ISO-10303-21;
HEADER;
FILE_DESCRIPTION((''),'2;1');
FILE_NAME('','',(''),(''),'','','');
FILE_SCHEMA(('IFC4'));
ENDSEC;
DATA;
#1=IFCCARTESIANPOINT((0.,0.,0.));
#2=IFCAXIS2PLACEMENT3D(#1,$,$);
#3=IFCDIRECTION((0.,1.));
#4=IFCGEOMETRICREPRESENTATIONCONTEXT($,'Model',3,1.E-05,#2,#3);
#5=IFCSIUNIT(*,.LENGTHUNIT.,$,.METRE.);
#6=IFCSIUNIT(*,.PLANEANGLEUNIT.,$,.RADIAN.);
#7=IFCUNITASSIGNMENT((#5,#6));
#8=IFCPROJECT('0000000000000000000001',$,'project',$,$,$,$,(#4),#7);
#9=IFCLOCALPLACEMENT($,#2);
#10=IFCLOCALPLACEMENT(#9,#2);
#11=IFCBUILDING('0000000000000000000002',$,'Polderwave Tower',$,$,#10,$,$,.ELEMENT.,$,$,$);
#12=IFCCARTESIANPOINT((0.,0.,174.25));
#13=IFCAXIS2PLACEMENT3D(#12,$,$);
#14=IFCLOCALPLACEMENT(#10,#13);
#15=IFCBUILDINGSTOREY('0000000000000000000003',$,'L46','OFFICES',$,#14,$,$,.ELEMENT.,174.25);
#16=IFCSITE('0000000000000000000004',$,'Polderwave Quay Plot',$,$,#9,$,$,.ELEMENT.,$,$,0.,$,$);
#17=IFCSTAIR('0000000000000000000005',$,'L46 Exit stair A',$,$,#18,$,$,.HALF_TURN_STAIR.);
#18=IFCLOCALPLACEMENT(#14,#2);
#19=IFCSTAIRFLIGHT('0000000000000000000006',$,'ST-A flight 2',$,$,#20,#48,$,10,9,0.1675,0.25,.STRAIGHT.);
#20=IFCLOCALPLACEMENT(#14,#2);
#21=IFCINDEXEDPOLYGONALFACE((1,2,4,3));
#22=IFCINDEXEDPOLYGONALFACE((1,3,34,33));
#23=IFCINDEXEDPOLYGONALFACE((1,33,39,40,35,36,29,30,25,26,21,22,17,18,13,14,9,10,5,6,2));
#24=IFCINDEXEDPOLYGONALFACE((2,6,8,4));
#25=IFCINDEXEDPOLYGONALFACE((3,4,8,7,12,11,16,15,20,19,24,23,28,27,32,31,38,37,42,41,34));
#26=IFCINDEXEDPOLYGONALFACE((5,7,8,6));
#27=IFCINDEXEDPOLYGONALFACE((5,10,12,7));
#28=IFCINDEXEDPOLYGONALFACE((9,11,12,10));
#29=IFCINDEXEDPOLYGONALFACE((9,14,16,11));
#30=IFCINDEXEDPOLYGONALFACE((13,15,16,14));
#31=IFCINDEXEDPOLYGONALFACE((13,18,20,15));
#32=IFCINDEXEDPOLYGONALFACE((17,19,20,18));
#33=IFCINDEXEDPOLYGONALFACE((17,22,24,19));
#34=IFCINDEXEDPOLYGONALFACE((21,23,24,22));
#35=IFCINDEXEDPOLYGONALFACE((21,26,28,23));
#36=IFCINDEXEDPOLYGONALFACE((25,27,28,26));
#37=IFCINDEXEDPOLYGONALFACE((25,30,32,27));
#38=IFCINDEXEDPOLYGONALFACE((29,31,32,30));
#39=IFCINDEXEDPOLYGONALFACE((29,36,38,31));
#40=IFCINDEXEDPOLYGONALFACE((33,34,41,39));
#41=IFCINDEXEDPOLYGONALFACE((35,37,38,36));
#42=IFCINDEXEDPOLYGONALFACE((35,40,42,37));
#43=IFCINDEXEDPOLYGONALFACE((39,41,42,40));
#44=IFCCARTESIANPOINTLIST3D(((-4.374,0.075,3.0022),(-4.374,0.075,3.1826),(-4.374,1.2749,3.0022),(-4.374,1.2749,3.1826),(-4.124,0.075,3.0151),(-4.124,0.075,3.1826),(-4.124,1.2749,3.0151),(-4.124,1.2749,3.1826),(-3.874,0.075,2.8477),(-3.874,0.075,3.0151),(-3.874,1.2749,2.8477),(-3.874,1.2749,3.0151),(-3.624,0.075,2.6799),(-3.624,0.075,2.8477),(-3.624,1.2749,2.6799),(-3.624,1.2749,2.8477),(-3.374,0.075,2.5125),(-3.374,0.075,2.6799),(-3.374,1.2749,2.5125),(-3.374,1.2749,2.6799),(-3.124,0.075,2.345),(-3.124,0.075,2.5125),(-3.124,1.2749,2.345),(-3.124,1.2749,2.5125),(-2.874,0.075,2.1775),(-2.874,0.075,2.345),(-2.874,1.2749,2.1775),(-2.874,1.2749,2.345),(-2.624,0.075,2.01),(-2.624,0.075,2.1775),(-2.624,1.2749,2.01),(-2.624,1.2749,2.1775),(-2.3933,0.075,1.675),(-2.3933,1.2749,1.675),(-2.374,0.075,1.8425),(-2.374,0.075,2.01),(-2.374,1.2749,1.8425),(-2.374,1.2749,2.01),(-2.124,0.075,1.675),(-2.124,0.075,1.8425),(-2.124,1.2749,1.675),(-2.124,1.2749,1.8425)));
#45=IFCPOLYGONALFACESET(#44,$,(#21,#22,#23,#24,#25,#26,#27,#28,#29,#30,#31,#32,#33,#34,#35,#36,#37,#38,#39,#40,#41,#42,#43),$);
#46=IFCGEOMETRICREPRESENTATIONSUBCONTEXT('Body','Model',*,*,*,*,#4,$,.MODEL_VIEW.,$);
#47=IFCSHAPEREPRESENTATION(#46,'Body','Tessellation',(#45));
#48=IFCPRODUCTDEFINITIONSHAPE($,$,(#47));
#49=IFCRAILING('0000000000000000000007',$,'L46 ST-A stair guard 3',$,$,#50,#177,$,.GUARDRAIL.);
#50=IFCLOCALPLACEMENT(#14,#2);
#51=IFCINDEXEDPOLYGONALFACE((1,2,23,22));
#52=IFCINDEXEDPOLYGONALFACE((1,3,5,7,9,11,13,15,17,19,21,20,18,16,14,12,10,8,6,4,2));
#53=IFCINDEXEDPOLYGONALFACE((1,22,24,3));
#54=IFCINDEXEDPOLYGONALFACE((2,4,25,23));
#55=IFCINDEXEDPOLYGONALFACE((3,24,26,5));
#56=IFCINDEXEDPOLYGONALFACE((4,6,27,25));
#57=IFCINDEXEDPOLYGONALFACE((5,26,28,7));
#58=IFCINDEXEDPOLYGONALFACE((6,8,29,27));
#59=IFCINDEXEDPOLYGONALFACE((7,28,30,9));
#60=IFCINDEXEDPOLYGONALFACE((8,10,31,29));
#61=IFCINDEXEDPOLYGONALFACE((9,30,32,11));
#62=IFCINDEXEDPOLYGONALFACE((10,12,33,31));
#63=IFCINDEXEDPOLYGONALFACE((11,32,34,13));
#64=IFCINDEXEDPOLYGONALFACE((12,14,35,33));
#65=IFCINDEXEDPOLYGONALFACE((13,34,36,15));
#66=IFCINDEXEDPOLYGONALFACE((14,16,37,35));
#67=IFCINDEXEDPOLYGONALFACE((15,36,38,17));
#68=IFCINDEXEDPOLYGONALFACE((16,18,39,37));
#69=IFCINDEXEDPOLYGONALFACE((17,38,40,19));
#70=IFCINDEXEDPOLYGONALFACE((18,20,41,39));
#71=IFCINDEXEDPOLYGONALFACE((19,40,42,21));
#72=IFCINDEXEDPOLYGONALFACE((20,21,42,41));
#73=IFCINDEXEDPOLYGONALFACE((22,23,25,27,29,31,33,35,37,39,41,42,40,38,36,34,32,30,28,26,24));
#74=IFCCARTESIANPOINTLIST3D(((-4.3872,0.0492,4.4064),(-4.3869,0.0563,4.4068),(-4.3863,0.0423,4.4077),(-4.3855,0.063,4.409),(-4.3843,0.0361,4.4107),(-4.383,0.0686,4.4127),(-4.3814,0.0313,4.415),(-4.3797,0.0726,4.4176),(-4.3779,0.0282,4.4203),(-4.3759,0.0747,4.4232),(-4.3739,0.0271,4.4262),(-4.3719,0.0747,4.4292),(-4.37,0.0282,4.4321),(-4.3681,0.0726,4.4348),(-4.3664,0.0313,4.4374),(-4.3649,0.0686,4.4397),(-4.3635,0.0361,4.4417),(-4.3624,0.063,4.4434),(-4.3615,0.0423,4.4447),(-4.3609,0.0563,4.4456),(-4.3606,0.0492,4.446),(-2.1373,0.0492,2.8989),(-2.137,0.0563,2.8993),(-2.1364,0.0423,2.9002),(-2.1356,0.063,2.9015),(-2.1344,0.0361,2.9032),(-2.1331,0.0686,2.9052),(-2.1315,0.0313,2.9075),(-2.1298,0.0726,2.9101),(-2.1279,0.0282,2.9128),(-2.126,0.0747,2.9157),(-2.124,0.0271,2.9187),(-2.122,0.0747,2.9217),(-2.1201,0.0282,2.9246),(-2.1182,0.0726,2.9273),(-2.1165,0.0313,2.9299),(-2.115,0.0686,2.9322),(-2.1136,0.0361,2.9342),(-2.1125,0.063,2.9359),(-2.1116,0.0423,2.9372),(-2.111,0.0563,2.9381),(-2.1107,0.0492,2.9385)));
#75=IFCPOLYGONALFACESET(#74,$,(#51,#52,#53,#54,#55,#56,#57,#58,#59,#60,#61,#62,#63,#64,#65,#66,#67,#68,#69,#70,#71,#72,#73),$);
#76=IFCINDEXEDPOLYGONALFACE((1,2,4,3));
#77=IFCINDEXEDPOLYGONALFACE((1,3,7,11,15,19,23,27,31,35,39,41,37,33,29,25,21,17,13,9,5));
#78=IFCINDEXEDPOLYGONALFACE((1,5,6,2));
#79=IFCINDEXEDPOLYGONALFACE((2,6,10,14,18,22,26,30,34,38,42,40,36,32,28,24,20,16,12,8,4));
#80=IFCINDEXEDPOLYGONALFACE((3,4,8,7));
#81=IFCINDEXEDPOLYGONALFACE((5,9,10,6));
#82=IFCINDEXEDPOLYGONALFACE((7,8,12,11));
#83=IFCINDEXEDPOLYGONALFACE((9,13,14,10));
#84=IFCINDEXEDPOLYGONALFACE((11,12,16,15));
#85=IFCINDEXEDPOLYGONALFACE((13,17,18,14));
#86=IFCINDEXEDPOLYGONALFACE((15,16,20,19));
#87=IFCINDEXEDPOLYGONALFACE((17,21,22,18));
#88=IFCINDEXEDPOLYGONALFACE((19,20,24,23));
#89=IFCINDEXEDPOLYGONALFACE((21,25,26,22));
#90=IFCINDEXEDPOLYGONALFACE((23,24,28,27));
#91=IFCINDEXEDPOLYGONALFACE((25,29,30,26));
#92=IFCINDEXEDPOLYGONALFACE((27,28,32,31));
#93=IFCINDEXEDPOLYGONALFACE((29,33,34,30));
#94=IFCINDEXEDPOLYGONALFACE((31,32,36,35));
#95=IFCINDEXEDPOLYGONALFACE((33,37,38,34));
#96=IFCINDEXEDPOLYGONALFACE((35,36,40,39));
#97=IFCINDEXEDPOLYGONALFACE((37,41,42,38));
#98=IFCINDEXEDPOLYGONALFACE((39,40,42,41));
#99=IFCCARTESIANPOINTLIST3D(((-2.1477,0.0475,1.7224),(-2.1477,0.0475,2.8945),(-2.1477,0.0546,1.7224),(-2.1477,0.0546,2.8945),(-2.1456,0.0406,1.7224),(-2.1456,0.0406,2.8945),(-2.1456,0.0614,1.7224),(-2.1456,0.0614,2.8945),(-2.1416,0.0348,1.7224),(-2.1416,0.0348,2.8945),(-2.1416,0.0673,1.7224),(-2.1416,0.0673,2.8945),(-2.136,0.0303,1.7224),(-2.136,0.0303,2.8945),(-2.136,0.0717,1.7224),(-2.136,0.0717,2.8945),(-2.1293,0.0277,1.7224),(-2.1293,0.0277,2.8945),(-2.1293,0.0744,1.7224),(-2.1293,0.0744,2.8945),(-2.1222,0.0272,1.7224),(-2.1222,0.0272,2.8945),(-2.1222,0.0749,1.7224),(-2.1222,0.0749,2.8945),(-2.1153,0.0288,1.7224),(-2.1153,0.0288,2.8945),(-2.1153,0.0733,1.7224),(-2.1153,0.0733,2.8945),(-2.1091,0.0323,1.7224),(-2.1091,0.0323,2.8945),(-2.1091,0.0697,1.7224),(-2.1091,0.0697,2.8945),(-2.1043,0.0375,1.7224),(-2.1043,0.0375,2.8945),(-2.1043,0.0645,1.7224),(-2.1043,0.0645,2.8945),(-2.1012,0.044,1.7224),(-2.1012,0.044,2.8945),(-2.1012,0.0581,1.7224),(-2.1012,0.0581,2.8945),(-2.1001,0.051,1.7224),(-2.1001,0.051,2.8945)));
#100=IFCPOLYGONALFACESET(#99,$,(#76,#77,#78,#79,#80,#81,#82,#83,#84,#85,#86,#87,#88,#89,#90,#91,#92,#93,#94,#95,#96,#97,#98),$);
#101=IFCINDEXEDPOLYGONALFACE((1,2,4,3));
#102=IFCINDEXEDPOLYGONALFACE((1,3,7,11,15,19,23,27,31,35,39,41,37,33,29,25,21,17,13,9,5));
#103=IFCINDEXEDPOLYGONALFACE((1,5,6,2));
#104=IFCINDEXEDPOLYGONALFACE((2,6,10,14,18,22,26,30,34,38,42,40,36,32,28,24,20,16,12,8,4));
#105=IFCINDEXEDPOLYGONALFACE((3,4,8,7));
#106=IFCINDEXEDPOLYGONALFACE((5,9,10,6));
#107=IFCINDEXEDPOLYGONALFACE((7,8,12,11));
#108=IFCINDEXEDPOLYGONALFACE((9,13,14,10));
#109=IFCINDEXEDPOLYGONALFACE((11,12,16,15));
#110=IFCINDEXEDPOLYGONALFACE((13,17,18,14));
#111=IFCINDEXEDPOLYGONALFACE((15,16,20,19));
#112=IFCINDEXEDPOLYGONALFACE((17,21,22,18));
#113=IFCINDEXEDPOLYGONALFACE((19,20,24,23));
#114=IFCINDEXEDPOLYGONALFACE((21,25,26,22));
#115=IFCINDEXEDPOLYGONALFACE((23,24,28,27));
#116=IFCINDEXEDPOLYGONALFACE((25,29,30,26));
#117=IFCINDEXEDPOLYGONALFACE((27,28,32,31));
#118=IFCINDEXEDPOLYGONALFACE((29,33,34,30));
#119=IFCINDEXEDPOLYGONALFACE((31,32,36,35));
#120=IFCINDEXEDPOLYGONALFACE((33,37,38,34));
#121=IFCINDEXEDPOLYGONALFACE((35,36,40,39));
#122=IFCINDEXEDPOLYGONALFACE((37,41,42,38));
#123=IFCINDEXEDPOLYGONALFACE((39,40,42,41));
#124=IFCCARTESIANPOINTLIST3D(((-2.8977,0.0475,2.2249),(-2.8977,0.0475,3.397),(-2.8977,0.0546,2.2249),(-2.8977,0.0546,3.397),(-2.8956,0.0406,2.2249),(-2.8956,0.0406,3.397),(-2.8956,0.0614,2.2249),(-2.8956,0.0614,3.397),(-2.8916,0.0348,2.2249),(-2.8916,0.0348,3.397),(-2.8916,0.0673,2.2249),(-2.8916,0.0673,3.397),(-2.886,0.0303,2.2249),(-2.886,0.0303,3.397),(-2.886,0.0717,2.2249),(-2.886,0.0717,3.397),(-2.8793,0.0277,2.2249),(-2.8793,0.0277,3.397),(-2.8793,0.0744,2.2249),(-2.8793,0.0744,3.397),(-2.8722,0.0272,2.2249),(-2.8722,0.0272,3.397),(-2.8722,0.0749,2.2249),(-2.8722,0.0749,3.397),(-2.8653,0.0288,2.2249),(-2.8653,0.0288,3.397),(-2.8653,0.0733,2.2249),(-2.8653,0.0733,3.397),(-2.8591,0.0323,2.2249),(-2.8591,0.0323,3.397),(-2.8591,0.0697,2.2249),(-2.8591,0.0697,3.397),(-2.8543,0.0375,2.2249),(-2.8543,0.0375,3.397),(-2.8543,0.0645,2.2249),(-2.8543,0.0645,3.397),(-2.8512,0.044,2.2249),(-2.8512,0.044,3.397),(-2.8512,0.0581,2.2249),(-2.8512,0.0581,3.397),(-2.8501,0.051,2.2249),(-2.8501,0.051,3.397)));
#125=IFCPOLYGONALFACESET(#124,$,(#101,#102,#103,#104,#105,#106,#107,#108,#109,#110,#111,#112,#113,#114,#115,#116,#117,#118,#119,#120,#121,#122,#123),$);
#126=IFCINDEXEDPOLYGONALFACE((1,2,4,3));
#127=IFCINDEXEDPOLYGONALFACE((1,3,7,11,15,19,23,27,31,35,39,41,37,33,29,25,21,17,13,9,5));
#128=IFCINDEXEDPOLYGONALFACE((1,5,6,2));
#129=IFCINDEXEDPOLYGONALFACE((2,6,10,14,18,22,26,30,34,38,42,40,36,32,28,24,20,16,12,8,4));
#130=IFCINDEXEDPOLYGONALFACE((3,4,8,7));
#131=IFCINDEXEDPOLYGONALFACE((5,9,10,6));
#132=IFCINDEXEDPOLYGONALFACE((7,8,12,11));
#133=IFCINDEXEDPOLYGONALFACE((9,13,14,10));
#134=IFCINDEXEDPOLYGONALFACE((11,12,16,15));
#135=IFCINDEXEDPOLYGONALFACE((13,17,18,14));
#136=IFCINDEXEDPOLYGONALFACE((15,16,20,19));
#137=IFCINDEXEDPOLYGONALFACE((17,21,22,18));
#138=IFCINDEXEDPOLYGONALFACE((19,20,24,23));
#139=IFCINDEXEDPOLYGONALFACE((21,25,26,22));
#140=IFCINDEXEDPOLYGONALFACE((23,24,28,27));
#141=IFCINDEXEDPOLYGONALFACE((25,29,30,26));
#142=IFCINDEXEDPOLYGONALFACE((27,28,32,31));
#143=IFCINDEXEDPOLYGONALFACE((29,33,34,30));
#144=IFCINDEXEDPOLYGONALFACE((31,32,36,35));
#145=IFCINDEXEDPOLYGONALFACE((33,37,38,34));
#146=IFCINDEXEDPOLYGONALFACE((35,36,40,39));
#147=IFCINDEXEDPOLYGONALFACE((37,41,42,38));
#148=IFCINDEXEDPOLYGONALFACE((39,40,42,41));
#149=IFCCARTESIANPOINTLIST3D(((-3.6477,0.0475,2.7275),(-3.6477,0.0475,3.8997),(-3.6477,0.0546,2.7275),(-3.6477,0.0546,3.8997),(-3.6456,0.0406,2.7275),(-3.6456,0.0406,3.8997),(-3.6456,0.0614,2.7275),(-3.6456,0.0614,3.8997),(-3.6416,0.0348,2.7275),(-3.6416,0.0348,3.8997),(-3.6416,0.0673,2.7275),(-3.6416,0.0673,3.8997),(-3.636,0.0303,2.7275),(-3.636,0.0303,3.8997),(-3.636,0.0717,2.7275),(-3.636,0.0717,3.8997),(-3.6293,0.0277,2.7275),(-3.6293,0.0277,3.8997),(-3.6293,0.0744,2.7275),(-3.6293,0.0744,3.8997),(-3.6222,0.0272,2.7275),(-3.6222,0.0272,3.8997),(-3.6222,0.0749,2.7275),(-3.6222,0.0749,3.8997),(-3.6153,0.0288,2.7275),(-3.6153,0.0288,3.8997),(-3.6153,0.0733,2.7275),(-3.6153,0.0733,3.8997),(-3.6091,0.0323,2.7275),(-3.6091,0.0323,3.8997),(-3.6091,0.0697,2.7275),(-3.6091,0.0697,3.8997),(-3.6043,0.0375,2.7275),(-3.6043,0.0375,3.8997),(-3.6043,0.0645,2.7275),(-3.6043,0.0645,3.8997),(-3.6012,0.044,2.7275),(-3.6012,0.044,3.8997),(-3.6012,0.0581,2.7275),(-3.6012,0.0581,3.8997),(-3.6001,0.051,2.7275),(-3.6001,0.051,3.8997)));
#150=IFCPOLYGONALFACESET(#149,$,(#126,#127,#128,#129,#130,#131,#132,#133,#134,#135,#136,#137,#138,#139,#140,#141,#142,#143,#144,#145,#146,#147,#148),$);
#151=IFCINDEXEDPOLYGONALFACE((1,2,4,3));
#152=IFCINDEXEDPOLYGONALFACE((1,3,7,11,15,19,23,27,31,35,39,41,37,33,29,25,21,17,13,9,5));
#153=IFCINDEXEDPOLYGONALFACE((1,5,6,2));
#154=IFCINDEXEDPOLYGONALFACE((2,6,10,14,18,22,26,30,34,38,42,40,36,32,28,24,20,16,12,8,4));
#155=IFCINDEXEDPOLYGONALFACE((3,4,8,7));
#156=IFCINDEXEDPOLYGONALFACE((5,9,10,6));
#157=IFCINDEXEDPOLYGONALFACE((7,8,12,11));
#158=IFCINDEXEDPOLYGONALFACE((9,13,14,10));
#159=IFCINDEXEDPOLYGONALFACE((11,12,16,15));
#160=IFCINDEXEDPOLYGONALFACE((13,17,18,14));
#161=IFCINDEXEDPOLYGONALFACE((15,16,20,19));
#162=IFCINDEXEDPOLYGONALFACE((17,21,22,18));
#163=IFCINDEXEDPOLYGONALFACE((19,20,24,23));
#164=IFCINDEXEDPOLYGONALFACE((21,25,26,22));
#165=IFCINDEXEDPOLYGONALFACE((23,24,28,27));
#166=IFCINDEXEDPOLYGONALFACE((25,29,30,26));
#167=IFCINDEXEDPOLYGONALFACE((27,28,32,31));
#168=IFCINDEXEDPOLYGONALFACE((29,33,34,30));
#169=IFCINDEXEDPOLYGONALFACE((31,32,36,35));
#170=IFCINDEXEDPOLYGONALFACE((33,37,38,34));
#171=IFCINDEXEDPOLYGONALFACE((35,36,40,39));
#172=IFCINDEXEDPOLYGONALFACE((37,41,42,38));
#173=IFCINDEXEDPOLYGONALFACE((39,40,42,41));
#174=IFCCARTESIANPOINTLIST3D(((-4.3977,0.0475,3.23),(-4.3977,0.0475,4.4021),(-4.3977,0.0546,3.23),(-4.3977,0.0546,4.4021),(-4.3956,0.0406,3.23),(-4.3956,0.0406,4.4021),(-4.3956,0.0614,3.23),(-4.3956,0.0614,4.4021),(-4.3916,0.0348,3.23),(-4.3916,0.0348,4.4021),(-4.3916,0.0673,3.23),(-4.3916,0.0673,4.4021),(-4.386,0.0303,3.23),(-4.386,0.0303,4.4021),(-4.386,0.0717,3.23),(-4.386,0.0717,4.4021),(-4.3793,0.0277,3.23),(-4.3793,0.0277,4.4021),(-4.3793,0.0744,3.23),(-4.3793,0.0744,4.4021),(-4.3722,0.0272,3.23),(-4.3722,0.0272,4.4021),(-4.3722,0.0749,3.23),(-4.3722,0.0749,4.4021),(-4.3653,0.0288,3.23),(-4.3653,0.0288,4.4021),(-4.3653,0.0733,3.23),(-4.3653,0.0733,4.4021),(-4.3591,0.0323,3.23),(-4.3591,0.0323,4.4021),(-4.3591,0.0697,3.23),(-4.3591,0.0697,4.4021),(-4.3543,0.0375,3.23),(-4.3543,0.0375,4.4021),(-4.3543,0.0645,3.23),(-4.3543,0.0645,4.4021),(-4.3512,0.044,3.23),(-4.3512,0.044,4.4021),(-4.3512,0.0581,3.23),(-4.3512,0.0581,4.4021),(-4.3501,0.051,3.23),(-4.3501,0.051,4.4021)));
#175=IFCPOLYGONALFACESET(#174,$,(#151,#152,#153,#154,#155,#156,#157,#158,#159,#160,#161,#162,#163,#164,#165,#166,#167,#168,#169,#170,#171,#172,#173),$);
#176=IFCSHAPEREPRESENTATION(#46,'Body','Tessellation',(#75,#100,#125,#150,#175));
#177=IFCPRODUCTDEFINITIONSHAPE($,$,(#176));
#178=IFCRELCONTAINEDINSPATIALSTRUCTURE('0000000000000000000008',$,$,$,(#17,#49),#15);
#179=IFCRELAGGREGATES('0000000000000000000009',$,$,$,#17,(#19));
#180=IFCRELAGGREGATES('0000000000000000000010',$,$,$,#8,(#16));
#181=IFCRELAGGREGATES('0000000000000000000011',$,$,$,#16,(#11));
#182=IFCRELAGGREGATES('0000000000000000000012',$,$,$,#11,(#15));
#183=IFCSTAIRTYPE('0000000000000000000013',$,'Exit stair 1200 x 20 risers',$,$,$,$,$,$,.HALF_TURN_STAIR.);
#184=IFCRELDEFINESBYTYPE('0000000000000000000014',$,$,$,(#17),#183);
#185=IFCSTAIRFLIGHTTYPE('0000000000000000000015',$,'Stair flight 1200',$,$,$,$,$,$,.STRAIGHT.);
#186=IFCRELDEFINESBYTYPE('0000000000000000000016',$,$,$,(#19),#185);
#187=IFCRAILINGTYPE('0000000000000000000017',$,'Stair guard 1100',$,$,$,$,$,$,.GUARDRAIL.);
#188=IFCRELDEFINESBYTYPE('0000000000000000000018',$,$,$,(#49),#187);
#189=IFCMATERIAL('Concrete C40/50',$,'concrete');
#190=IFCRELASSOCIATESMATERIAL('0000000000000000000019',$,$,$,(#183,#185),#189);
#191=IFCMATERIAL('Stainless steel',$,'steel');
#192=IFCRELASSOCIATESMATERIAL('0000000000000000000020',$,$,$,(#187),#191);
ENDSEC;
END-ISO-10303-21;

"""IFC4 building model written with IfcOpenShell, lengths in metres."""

from ifc_helpers import new_model, si_unit, direction, frame, origin, origin_2d, place, context, subcontext, project, spatial, polyline, circle, outline, extrude, material, type_object, element, aggregate, save


model = new_model("IFC4")

# Units and contexts
model_context = context("Model", 3, precision=1e-05, world=origin(), true_north=direction((0.0, 1.0)))
body_context = subcontext(model_context, "Body", "Model", "MODEL_VIEW")
ifc_project = project(units=[si_unit("LENGTHUNIT", "METRE"), si_unit("PLANEANGLEUNIT", "RADIAN")], contexts=[model_context])

# Site, building, storey
site_placement = place(None, origin())
site = spatial("IfcSite", under=ifc_project, at=site_placement, Name="Polderwave Quay Plot", CompositionType="ELEMENT", RefElevation=0.0)
building_placement = place(site_placement, origin())
building = spatial("IfcBuilding", under=site, at=building_placement, Name="Polderwave Tower", CompositionType="ELEMENT")
storey_placement = place(building_placement, frame((0.0, 0.0, 174.25)))
storey = spatial("IfcBuildingStorey", under=building, at=storey_placement, Name="L46", Description="OFFICES", CompositionType="ELEMENT", Elevation=174.25)

# Shared definitions
ifc_material_1 = material(Name="Concrete C40/50", Category="concrete")

# Shared definitions
stair_type = type_object("IfcStairType", Name="Exit stair 1200 x 20 risers", PredefinedType="HALF_TURN_STAIR", material=ifc_material_1)

# Shared definitions
ifc_material_2 = material(Name="Stainless steel", Category="steel")

# Stair, stair flight
stair_1_placement = place(storey_placement, origin())
stair_1 = element("IfcStair", 1, at=stair_1_placement, inside=storey, type_object=stair_type, Name="L46 Exit stair A", PredefinedType="HALF_TURN_STAIR")
stair_flight_type = type_object("IfcStairFlightType", Name="Stair flight 1200", PredefinedType="STRAIGHT", material=ifc_material_1)
stair_flight_placement = place(storey_placement, frame((-2.124, 0.675, 1.675), z_axis=(0.0, 0.0, 1.0), x_axis=(-1.0, 0.0, 0.0)))
stair_flight = element("IfcStairFlight", 2, at=stair_flight_placement, type_object=stair_flight_type, Name="ST-A flight 2", NumberOfRisers=10, NumberOfTreads=9, PredefinedType="STRAIGHT", RiserHeight=0.1675, TreadLength=0.25, context=body_context, shape_type="SweptSolid", body=[
    extrude(outline(polyline([(0.0, 0.0), (0.0, 0.1675), (0.25, 0.1675), (0.25, 0.335), (0.5, 0.335), (0.5, 0.5024), (0.75, 0.5024), (0.75, 0.6699), (1.0, 0.6699), (1.0, 0.8374), (1.25, 0.8374), (1.25, 1.0049), (1.5, 1.0049), (1.5, 1.1726), (1.75, 1.1726), (1.75, 1.3401), (2.0, 1.3401), (2.0, 1.5076), (2.25, 1.5076), (2.25, 1.675), (2.25, 1.3271), (0.2693, 0.0), (0.0, 0.0)])), frame((0.0, 0.6001, 0.0), z_axis=(0.0, -1.0, 0.0), x_axis=(1.0, 0.0, 0.0)), (0.0, 0.0, 1.0), 1.2),
])
aggregate(stair_1, [stair_flight])

# Railing
railing_type_1 = type_object("IfcRailingType", Name="Stair guard 1100", PredefinedType="GUARDRAIL", material=ifc_material_2)
railing_1_placement = place(storey_placement, frame((-2.124, 0.051, 1.7224)))
element("IfcRailing", 3, at=railing_1_placement, inside=storey, type_object=railing_type_1, Name="L46 ST-A stair guard 3", PredefinedType="GUARDRAIL", context=body_context, shape_type="SweptSolid", body=[
    extrude(circle(Radius=0.0239, at=origin_2d()), frame((0.0, 0.0, 1.1963), z_axis=(-0.830758, 0.0, 0.556633), x_axis=(0.0, -1.0, 0.0)), (0.0, 0.0, 1.0), 2.7083),
    extrude(circle(Radius=0.0239, at=origin_2d()), origin(), (0.0, 0.0, 1.0), 1.1721),
    extrude(circle(Radius=0.0239, at=origin_2d()), frame((-0.75, 0.0, 0.5024)), (0.0, 0.0, 1.0), 1.1721),
    extrude(circle(Radius=0.0239, at=origin_2d()), frame((-1.5, 0.0, 1.0051)), (0.0, 0.0, 1.0), 1.1721),
    extrude(circle(Radius=0.0239, at=origin_2d()), frame((-2.25, 0.0, 1.5076)), (0.0, 0.0, 1.0), 1.1721),
])

save(model, "model.ifc")
